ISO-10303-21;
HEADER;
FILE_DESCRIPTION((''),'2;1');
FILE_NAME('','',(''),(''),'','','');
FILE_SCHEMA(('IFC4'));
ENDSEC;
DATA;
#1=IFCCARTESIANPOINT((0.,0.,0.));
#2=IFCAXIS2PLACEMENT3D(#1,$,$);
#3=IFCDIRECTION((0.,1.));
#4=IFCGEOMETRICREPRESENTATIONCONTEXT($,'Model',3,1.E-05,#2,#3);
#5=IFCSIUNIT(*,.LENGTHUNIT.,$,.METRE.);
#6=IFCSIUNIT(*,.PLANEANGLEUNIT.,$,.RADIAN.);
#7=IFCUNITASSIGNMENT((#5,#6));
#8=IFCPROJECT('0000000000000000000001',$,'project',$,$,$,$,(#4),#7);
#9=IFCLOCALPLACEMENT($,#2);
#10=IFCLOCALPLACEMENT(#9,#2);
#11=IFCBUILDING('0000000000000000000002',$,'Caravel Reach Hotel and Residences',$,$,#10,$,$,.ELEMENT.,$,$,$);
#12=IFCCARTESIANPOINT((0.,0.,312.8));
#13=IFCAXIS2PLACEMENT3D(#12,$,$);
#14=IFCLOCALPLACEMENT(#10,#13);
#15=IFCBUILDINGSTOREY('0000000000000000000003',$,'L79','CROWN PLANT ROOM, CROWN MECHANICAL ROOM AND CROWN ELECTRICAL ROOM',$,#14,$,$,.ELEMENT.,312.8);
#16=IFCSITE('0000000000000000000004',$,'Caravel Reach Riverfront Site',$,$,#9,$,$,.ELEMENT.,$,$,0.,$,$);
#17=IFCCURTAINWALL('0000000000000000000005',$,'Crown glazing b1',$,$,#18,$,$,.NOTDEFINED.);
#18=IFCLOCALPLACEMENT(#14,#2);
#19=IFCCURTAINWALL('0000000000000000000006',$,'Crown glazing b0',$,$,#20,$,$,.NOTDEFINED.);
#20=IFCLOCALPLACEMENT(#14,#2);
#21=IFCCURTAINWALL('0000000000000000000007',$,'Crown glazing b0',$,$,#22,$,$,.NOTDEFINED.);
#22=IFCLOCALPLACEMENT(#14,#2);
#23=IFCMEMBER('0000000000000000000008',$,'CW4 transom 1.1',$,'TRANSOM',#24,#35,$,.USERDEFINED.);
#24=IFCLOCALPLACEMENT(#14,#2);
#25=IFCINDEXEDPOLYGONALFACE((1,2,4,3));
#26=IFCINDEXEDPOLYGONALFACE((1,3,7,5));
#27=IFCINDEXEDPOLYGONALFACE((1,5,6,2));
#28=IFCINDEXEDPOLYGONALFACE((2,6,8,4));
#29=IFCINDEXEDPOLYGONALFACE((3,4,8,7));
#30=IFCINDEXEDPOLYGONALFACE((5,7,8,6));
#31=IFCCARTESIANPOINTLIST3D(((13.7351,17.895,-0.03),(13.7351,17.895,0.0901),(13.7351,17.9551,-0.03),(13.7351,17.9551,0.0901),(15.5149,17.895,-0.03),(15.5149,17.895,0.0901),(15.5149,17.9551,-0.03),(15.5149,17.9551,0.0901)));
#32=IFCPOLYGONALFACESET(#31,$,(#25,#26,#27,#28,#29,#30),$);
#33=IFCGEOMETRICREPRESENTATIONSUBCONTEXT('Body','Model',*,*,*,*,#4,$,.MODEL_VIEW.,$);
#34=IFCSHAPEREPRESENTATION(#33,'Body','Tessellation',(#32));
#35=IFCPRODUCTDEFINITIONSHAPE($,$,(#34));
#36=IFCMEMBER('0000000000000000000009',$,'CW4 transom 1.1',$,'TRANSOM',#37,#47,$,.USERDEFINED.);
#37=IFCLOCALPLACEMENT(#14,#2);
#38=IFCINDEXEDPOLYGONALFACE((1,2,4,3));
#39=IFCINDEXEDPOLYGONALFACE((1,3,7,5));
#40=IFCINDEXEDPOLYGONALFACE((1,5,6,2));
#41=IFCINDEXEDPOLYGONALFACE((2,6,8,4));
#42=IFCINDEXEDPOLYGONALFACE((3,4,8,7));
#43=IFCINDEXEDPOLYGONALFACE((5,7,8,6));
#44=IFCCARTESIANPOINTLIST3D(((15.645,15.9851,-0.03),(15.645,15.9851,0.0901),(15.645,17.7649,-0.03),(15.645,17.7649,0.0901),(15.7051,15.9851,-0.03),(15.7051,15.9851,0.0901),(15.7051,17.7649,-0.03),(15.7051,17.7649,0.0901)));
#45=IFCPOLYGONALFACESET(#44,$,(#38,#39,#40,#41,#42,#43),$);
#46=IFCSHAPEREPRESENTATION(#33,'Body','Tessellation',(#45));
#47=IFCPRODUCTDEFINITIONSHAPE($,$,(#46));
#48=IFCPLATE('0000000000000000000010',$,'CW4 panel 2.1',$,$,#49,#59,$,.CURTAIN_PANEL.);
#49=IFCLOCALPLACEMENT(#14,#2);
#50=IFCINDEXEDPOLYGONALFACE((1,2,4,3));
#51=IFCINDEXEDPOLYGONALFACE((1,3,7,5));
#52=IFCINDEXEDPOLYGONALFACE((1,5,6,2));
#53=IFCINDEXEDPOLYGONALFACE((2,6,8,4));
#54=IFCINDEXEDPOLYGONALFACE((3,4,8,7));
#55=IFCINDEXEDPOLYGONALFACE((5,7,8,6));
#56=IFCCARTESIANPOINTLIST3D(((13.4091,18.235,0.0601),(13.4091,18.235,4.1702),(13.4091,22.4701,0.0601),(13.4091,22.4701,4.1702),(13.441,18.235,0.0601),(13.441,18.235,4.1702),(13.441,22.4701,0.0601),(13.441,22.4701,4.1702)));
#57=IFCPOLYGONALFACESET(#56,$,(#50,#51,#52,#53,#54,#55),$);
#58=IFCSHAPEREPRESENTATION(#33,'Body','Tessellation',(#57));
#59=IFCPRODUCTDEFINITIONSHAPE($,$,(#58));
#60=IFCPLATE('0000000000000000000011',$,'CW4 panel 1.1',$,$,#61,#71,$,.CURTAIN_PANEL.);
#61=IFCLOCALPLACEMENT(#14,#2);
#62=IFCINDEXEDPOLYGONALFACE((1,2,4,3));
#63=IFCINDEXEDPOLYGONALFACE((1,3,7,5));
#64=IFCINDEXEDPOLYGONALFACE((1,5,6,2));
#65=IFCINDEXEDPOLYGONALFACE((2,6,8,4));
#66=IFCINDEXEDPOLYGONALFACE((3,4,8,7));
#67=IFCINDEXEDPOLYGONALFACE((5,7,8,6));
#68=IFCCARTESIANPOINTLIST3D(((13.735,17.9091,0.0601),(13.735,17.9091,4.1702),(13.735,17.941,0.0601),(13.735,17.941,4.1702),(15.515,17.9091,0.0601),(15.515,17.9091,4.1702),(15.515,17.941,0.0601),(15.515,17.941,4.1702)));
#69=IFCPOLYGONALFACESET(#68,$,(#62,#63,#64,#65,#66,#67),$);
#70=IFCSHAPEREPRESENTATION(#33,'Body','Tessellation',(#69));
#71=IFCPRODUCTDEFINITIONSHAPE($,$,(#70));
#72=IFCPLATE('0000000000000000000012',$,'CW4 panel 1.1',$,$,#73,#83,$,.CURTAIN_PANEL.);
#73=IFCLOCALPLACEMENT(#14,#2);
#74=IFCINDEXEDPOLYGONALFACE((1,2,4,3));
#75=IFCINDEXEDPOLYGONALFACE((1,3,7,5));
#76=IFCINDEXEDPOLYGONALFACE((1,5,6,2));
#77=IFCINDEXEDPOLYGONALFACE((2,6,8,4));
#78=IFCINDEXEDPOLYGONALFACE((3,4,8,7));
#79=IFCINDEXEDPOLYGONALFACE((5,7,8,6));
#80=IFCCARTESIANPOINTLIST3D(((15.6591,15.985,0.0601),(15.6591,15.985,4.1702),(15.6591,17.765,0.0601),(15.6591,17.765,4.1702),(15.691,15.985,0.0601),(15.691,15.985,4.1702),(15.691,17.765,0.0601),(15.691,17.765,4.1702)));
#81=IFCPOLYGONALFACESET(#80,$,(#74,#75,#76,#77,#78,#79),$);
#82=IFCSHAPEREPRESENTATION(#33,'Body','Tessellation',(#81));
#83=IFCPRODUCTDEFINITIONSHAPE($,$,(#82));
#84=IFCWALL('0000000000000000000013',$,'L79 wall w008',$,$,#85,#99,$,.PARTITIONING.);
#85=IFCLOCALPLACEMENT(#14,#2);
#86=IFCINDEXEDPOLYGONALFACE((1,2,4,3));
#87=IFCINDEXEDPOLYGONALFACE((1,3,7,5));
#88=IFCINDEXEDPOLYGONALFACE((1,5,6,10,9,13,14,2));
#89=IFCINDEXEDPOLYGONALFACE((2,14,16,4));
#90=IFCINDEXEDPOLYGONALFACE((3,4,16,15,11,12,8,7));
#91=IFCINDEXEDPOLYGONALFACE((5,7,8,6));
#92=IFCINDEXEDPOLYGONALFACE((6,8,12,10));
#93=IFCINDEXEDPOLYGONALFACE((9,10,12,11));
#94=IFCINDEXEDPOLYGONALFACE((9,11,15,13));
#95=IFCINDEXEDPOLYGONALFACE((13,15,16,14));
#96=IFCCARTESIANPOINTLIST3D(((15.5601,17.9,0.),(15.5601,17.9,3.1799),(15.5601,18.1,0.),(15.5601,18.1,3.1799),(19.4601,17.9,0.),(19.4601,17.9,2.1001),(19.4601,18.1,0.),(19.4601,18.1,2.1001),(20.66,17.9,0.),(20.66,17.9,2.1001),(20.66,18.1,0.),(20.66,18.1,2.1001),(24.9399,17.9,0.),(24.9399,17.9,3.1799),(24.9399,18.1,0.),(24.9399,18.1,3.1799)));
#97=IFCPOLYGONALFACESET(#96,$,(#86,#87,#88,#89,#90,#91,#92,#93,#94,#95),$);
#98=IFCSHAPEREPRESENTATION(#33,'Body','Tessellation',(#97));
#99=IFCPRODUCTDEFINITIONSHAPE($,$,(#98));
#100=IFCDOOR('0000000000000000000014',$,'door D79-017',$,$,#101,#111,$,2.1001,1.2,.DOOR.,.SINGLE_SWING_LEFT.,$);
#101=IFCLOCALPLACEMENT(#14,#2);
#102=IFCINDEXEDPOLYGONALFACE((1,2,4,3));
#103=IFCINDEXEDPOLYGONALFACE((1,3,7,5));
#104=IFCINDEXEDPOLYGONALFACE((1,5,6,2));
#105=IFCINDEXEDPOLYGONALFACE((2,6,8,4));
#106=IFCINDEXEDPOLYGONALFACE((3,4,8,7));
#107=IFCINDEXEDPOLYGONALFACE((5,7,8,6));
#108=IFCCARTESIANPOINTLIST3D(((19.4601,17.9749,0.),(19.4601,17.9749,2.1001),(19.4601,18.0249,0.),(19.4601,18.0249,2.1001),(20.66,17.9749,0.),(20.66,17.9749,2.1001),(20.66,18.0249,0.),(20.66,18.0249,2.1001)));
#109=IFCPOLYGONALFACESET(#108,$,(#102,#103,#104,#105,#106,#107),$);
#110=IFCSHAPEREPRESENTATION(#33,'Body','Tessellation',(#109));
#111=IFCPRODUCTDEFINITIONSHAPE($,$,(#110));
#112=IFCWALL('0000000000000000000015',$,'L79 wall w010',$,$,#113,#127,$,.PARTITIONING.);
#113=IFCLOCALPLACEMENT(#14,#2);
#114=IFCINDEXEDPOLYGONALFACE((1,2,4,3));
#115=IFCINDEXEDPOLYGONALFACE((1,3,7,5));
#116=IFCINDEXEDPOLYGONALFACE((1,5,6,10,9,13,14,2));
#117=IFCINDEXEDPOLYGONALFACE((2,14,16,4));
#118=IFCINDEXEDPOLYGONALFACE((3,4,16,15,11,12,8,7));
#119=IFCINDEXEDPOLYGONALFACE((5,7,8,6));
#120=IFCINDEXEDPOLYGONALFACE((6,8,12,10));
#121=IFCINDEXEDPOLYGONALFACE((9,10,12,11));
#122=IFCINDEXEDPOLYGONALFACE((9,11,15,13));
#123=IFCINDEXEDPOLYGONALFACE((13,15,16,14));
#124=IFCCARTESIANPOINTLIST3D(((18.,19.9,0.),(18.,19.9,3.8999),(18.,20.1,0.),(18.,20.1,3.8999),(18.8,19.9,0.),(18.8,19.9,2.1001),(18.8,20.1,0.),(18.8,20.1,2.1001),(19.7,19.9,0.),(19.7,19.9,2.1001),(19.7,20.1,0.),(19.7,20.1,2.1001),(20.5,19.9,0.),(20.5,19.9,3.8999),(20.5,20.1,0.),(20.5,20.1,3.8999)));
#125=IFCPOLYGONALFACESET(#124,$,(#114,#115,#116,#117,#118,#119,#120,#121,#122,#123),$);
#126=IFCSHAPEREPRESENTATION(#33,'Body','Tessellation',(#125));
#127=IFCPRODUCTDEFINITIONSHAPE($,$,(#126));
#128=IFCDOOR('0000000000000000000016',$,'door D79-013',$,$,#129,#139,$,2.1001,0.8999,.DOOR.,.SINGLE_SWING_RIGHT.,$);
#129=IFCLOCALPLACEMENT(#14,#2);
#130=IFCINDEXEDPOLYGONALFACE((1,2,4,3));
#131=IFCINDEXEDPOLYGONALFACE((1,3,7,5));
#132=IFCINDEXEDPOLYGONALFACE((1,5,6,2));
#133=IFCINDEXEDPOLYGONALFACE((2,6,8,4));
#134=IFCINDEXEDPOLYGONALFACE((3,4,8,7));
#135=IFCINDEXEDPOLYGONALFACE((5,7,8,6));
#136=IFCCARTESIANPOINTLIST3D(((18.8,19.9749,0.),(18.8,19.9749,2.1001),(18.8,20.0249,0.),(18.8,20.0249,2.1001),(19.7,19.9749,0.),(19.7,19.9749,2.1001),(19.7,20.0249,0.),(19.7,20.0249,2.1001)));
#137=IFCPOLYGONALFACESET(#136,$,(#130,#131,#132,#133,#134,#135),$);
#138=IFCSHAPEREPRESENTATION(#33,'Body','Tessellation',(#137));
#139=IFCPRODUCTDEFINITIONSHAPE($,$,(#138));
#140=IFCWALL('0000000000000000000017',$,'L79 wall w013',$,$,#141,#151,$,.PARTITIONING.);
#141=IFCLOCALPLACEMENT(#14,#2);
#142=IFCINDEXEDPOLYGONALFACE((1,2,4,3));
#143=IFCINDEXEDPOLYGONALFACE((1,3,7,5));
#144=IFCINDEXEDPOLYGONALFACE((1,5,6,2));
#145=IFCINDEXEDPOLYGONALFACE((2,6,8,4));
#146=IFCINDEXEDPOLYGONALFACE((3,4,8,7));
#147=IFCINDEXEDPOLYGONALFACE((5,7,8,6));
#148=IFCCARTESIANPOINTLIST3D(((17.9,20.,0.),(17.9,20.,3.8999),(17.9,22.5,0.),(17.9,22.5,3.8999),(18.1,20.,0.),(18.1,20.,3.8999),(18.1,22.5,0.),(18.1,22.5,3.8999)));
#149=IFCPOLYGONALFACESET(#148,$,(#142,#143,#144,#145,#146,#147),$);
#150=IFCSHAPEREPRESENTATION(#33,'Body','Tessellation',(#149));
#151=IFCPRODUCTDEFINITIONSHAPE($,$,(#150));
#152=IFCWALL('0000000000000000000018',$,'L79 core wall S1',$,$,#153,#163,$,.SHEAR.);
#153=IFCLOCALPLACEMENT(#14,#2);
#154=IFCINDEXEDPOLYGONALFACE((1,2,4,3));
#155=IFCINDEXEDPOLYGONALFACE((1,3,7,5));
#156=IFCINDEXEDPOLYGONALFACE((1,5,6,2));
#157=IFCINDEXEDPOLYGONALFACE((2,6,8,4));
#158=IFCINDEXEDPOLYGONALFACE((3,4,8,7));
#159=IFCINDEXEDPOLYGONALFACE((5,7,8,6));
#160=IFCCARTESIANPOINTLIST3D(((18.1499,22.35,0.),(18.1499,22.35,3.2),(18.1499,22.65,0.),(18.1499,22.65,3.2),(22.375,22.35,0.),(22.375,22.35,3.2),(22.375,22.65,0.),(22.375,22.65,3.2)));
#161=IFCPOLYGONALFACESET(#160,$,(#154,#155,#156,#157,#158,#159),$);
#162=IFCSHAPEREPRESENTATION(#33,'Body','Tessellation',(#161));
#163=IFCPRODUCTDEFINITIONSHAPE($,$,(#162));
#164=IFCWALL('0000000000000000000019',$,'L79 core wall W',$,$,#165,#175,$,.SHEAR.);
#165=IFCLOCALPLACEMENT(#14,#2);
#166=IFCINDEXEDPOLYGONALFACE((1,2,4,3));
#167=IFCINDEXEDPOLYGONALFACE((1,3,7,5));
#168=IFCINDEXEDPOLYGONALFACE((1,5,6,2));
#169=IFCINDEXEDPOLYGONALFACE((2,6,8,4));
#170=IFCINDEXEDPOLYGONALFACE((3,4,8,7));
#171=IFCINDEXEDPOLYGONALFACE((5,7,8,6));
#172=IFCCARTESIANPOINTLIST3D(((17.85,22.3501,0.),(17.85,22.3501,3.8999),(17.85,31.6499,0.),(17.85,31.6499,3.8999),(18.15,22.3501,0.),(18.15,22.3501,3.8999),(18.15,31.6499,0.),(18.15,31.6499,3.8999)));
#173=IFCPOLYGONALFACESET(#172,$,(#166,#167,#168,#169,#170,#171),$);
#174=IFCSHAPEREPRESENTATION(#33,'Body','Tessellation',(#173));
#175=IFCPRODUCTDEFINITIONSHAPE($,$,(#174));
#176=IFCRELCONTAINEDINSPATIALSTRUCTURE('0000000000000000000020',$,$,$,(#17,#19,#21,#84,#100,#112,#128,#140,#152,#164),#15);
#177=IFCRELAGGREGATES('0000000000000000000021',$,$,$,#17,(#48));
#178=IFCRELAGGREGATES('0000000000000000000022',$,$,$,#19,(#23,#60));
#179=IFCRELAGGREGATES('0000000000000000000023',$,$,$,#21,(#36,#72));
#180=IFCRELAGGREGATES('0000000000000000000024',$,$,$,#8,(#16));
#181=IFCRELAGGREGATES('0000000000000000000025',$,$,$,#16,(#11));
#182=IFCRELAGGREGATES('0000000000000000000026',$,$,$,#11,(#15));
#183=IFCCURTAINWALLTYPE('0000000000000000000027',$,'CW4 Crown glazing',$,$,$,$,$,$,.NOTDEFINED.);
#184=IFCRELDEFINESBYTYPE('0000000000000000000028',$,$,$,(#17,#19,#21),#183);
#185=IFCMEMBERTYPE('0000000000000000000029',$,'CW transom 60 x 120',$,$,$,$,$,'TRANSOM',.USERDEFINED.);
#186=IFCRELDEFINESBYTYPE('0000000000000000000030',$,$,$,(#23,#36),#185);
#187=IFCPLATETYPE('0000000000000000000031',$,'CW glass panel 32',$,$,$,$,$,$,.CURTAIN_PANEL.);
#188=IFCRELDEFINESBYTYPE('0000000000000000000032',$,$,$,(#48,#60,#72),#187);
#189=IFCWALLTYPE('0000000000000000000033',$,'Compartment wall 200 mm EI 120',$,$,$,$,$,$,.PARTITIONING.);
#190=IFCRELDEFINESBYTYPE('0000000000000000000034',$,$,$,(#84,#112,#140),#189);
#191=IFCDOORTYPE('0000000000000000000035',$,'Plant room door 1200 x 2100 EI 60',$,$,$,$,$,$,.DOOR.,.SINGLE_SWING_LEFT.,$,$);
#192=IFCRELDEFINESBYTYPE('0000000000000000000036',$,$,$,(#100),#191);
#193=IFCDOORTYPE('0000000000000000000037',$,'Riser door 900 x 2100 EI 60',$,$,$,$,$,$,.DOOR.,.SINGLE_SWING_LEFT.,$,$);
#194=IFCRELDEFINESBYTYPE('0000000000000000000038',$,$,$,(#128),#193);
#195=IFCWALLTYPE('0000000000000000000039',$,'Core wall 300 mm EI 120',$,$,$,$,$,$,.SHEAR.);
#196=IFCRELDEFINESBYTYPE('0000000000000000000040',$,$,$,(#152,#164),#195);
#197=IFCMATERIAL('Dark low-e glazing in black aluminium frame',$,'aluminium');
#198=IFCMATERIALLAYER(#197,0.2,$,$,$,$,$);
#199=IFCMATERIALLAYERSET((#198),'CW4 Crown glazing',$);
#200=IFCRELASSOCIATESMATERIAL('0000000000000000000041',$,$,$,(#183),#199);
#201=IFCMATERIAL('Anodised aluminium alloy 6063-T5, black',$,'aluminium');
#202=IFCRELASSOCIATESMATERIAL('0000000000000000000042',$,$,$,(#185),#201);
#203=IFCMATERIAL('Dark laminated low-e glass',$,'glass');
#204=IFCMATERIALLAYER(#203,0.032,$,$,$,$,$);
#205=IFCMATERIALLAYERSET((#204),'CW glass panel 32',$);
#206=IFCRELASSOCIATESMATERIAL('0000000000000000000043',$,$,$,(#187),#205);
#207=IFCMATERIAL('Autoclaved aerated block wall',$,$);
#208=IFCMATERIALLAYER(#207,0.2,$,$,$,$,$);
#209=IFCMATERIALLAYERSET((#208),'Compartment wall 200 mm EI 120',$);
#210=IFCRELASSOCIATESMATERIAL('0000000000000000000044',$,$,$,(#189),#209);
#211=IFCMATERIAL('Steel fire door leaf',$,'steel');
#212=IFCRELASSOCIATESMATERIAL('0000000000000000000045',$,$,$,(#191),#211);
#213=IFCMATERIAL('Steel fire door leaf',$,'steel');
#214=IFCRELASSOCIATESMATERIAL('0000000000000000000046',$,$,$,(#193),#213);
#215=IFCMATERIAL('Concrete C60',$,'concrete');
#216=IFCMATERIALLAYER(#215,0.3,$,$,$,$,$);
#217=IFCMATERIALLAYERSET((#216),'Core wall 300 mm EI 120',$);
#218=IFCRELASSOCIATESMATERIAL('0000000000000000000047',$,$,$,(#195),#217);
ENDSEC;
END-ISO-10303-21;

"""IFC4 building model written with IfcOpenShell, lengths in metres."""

from ifc_helpers import new_model, si_unit, direction, frame, frame_2d, origin, origin_2d, place, context, subcontext, project, spatial, rectangle, extrude, material, layer, layer_set, material_profile, profile_set, type_object, element, fill, aggregate, save


model = new_model("IFC4")

# Units and contexts
model_context = context("Model", 3, precision=1e-05, world=origin(), true_north=direction((0.0, 1.0)))
body_context = subcontext(model_context, "Body", "Model", "MODEL_VIEW")
ifc_project = project(units=[si_unit("LENGTHUNIT", "METRE"), si_unit("PLANEANGLEUNIT", "RADIAN")], contexts=[model_context])

# Site, building, storey
site_placement = place(None, origin())
site = spatial("IfcSite", under=ifc_project, at=site_placement, Name="Caravel Reach Riverfront Site", CompositionType="ELEMENT", RefElevation=0.0)
building_placement = place(site_placement, origin())
building = spatial("IfcBuilding", under=site, at=building_placement, Name="Caravel Reach Hotel and Residences", CompositionType="ELEMENT")
storey_placement = place(building_placement, frame((0.0, 0.0, 312.8)))
storey = spatial("IfcBuildingStorey", under=building, at=storey_placement, Name="L79", Description="CROWN PLANT ROOM, CROWN MECHANICAL ROOM AND CROWN ELECTRICAL ROOM", CompositionType="ELEMENT", Elevation=312.8)

# Curtain walls
ifc_material_1 = material(Name="Dark low-e glazing in black aluminium frame", Category="aluminium")
ifc_layer_1 = layer(ifc_material_1, 0.2)
ifc_layer_set_1 = layer_set([ifc_layer_1], Name="CW4 Crown glazing")
curtain_wall_type = type_object("IfcCurtainWallType", Name="CW4 Crown glazing", PredefinedType="NOTDEFINED", material=ifc_layer_set_1)
curtain_wall_1_placement = place(storey_placement, origin())
curtain_wall_1 = element("IfcCurtainWall", 1, at=curtain_wall_1_placement, inside=storey, type_object=curtain_wall_type, Name="Crown glazing b1", PredefinedType="NOTDEFINED")
curtain_wall_2_placement = place(storey_placement, origin())
curtain_wall_2 = element("IfcCurtainWall", 2, at=curtain_wall_2_placement, inside=storey, type_object=curtain_wall_type, Name="Crown glazing b0", PredefinedType="NOTDEFINED")

# Curtain wall
curtain_wall_3_placement = place(storey_placement, origin())
curtain_wall_3 = element("IfcCurtainWall", 3, at=curtain_wall_3_placement, inside=storey, type_object=curtain_wall_type, Name="Crown glazing b0", PredefinedType="NOTDEFINED")

# Members
ifc_material_2 = material(Name="Anodised aluminium alloy 6063-T5, black", Category="aluminium")
ifc_material_profile_1 = material_profile(ifc_material_2, rectangle(XDim=0.0601, YDim=0.1201, at=origin_2d()), Name="CW transom 60 x 120")
ifc_profile_set_1 = profile_set([ifc_material_profile_1], Name="Anodised aluminium alloy 6063-T5, black")
member_type_1 = type_object("IfcMemberType", Name="CW transom 60 x 120", ElementType="TRANSOM", PredefinedType="USERDEFINED", material=ifc_profile_set_1)
member_1_placement = place(storey_placement, frame((13.7351, 17.925, 0.03), z_axis=(1.0, 0.0, 0.0), x_axis=(0.0, 1.0, 0.0)))
member_1 = element("IfcMember", 4, at=member_1_placement, type_object=member_type_1, Name="CW4 transom 1.1", ObjectType="TRANSOM", PredefinedType="USERDEFINED", context=body_context, shape_type="SweptSolid", body=[
    extrude(rectangle(XDim=0.0601, YDim=0.1201, at=origin_2d()), origin(), (0.0, 0.0, 1.0), 1.7798),
])
member_2_placement = place(storey_placement, frame((15.675, 17.7649, 0.03), z_axis=(0.0, -1.0, 0.0), x_axis=(1.0, 0.0, 0.0)))
member_2 = element("IfcMember", 5, at=member_2_placement, type_object=member_type_1, Name="CW4 transom 1.1", ObjectType="TRANSOM", PredefinedType="USERDEFINED", context=body_context, shape_type="SweptSolid", body=[
    extrude(rectangle(XDim=0.0601, YDim=0.1201, at=origin_2d()), origin(), (0.0, 0.0, 1.0), 1.7798),
])

# Plates
ifc_material_3 = material(Name="Dark laminated low-e glass", Category="glass")
ifc_layer_2 = layer(ifc_material_3, 0.032)
ifc_layer_set_2 = layer_set([ifc_layer_2], Name="CW glass panel 32")
plate_type = type_object("IfcPlateType", Name="CW glass panel 32", PredefinedType="CURTAIN_PANEL", material=ifc_layer_set_2)
plate_1_placement = place(storey_placement, frame((13.425, 20.3525, 0.0601), z_axis=(0.0, 0.0, 1.0), x_axis=(0.0, -1.0, 0.0)))
plate_1 = element("IfcPlate", 6, at=plate_1_placement, type_object=plate_type, Name="CW4 panel 2.1", PredefinedType="CURTAIN_PANEL", context=body_context, shape_type="SweptSolid", body=[
    extrude(rectangle(XDim=4.2351, YDim=0.032, at=origin_2d()), origin(), (0.0, 0.0, 1.0), 4.1101),
])
aggregate(curtain_wall_1, [plate_1])
plate_2_placement = place(storey_placement, frame((14.625, 17.925, 0.0601), z_axis=(0.0, 0.0, 1.0), x_axis=(1.0, 0.0, 0.0)))
plate_2 = element("IfcPlate", 7, at=plate_2_placement, type_object=plate_type, Name="CW4 panel 1.1", PredefinedType="CURTAIN_PANEL", context=body_context, shape_type="SweptSolid", body=[
    extrude(rectangle(XDim=1.78, YDim=0.032, at=origin_2d()), origin(), (0.0, 0.0, 1.0), 4.1101),
])
aggregate(curtain_wall_2, [member_1, plate_2])
plate_3_placement = place(storey_placement, frame((15.675, 16.875, 0.0601), z_axis=(0.0, 0.0, 1.0), x_axis=(0.0, -1.0, 0.0)))
plate_3 = element("IfcPlate", 8, at=plate_3_placement, type_object=plate_type, Name="CW4 panel 1.1", PredefinedType="CURTAIN_PANEL", context=body_context, shape_type="SweptSolid", body=[
    extrude(rectangle(XDim=1.78, YDim=0.032, at=origin_2d()), origin(), (0.0, 0.0, 1.0), 4.1101),
])
aggregate(curtain_wall_3, [member_2, plate_3])

# Walls, openings, doors
ifc_material_4 = material(Name="Autoclaved aerated block wall")
ifc_layer_3 = layer(ifc_material_4, 0.2)
ifc_layer_set_3 = layer_set([ifc_layer_3], Name="Compartment wall 200 mm EI 120")
wall_type_1 = type_object("IfcWallType", Name="Compartment wall 200 mm EI 120", PredefinedType="PARTITIONING", material=ifc_layer_set_3)
wall_1_placement = place(storey_placement, frame((15.5601, 18.0, 0.0), z_axis=(0.0, 0.0, 1.0), x_axis=(1.0, 0.0, 0.0)))
wall_1 = element("IfcWall", 9, at=wall_1_placement, inside=storey, type_object=wall_type_1, Name="L79 wall w008", PredefinedType="PARTITIONING", context=body_context, shape_type="SweptSolid", body=[
    extrude(rectangle(XDim=9.3799, YDim=0.2, at=frame_2d((4.6899, 0.0))), origin(), (0.0, 0.0, 1.0), 3.1799),
])
opening_1_placement = place(wall_1_placement, frame((3.8999, 0.0, 0.0)))
opening_1 = element("IfcOpeningElement", 10, at=opening_1_placement, cuts=wall_1, PredefinedType="OPENING", context=body_context, shape_type="SweptSolid", body=[
    extrude(rectangle(XDim=1.2, YDim=2.1001, at=frame_2d((0.6001, 1.05))), frame((0.0, 0.1099, 0.0), z_axis=(0.0, -1.0, 0.0), x_axis=(1.0, 0.0, 0.0)), (0.0, 0.0, 1.0), 0.22),
])
ifc_material_5 = material(Name="Steel fire door leaf", Category="steel")
door_type_1 = type_object("IfcDoorType", Name="Plant room door 1200 x 2100 EI 60", OperationType="SINGLE_SWING_LEFT", PredefinedType="DOOR", material=ifc_material_5)
door_1_placement = place(opening_1_placement, origin())
door_1 = element("IfcDoor", 11, at=door_1_placement, inside=storey, type_object=door_type_1, Name="door D79-017", OperationType="SINGLE_SWING_LEFT", OverallHeight=2.1001, OverallWidth=1.2, PredefinedType="DOOR", context=body_context, shape_type="SweptSolid", body=[
    extrude(rectangle(XDim=1.2, YDim=2.1001, at=frame_2d((0.6001, 1.05))), frame((0.0, 0.0249, 0.0), z_axis=(0.0, -1.0, 0.0), x_axis=(1.0, 0.0, 0.0)), (0.0, 0.0, 1.0), 0.05),
])
fill(opening_1, door_1)
wall_2_placement = place(storey_placement, frame((18.0, 20.0, 0.0), z_axis=(0.0, 0.0, 1.0), x_axis=(1.0, 0.0, 0.0)))
wall_2 = element("IfcWall", 12, at=wall_2_placement, inside=storey, type_object=wall_type_1, Name="L79 wall w010", PredefinedType="PARTITIONING", context=body_context, shape_type="SweptSolid", body=[
    extrude(rectangle(XDim=2.5, YDim=0.2, at=frame_2d((1.25, 0.0))), origin(), (0.0, 0.0, 1.0), 3.8999),
])
opening_2_placement = place(wall_2_placement, frame((0.8, 0.0, 0.0)))
opening_2 = element("IfcOpeningElement", 13, at=opening_2_placement, cuts=wall_2, PredefinedType="OPENING", context=body_context, shape_type="SweptSolid", body=[
    extrude(rectangle(XDim=0.8999, YDim=2.1001, at=frame_2d((0.45, 1.05))), frame((0.0, 0.1099, 0.0), z_axis=(0.0, -1.0, 0.0), x_axis=(1.0, 0.0, 0.0)), (0.0, 0.0, 1.0), 0.22),
])
ifc_material_6 = material(Name="Steel fire door leaf", Category="steel")
door_type_2 = type_object("IfcDoorType", Name="Riser door 900 x 2100 EI 60", OperationType="SINGLE_SWING_LEFT", PredefinedType="DOOR", material=ifc_material_6)
door_2_placement = place(opening_2_placement, origin())
door_2 = element("IfcDoor", 14, at=door_2_placement, inside=storey, type_object=door_type_2, Name="door D79-013", OperationType="SINGLE_SWING_RIGHT", OverallHeight=2.1001, OverallWidth=0.8999, PredefinedType="DOOR", context=body_context, shape_type="SweptSolid", body=[
    extrude(rectangle(XDim=0.8999, YDim=2.1001, at=frame_2d((0.45, 1.05))), frame((0.0, 0.0249, 0.0), z_axis=(0.0, -1.0, 0.0), x_axis=(1.0, 0.0, 0.0)), (0.0, 0.0, 1.0), 0.05),
])
fill(opening_2, door_2)

# Walls
wall_3_placement = place(storey_placement, frame((18.0, 20.0, 0.0), z_axis=(0.0, 0.0, 1.0), x_axis=(0.0, 1.0, 0.0)))
element("IfcWall", 15, at=wall_3_placement, inside=storey, type_object=wall_type_1, Name="L79 wall w013", PredefinedType="PARTITIONING", context=body_context, shape_type="SweptSolid", body=[
    extrude(rectangle(XDim=2.5, YDim=0.2, at=frame_2d((1.25, 0.0))), origin(), (0.0, 0.0, 1.0), 3.8999),
])
ifc_material_7 = material(Name="Concrete C60", Category="concrete")
ifc_layer_4 = layer(ifc_material_7, 0.3)
ifc_layer_set_4 = layer_set([ifc_layer_4], Name="Core wall 300 mm EI 120")
wall_type_2 = type_object("IfcWallType", Name="Core wall 300 mm EI 120", PredefinedType="SHEAR", material=ifc_layer_set_4)
wall_4_placement = place(storey_placement, frame((18.1499, 22.5, 0.0), z_axis=(0.0, 0.0, 1.0), x_axis=(1.0, 0.0, 0.0)))
element("IfcWall", 16, at=wall_4_placement, inside=storey, type_object=wall_type_2, Name="L79 core wall S1", PredefinedType="SHEAR", context=body_context, shape_type="SweptSolid", body=[
    extrude(rectangle(XDim=4.2251, YDim=0.3, at=frame_2d((2.1125, 0.0))), origin(), (0.0, 0.0, 1.0), 3.2),
])
wall_5_placement = place(storey_placement, frame((18.0, 22.3501, 0.0), z_axis=(0.0, 0.0, 1.0), x_axis=(0.0, 1.0, 0.0)))
element("IfcWall", 17, at=wall_5_placement, inside=storey, type_object=wall_type_2, Name="L79 core wall W", PredefinedType="SHEAR", context=body_context, shape_type="SweptSolid", body=[
    extrude(rectangle(XDim=9.2998, YDim=0.3, at=frame_2d((4.6499, 0.0))), origin(), (0.0, 0.0, 1.0), 3.8999),
])

save(model, "model.ifc")
